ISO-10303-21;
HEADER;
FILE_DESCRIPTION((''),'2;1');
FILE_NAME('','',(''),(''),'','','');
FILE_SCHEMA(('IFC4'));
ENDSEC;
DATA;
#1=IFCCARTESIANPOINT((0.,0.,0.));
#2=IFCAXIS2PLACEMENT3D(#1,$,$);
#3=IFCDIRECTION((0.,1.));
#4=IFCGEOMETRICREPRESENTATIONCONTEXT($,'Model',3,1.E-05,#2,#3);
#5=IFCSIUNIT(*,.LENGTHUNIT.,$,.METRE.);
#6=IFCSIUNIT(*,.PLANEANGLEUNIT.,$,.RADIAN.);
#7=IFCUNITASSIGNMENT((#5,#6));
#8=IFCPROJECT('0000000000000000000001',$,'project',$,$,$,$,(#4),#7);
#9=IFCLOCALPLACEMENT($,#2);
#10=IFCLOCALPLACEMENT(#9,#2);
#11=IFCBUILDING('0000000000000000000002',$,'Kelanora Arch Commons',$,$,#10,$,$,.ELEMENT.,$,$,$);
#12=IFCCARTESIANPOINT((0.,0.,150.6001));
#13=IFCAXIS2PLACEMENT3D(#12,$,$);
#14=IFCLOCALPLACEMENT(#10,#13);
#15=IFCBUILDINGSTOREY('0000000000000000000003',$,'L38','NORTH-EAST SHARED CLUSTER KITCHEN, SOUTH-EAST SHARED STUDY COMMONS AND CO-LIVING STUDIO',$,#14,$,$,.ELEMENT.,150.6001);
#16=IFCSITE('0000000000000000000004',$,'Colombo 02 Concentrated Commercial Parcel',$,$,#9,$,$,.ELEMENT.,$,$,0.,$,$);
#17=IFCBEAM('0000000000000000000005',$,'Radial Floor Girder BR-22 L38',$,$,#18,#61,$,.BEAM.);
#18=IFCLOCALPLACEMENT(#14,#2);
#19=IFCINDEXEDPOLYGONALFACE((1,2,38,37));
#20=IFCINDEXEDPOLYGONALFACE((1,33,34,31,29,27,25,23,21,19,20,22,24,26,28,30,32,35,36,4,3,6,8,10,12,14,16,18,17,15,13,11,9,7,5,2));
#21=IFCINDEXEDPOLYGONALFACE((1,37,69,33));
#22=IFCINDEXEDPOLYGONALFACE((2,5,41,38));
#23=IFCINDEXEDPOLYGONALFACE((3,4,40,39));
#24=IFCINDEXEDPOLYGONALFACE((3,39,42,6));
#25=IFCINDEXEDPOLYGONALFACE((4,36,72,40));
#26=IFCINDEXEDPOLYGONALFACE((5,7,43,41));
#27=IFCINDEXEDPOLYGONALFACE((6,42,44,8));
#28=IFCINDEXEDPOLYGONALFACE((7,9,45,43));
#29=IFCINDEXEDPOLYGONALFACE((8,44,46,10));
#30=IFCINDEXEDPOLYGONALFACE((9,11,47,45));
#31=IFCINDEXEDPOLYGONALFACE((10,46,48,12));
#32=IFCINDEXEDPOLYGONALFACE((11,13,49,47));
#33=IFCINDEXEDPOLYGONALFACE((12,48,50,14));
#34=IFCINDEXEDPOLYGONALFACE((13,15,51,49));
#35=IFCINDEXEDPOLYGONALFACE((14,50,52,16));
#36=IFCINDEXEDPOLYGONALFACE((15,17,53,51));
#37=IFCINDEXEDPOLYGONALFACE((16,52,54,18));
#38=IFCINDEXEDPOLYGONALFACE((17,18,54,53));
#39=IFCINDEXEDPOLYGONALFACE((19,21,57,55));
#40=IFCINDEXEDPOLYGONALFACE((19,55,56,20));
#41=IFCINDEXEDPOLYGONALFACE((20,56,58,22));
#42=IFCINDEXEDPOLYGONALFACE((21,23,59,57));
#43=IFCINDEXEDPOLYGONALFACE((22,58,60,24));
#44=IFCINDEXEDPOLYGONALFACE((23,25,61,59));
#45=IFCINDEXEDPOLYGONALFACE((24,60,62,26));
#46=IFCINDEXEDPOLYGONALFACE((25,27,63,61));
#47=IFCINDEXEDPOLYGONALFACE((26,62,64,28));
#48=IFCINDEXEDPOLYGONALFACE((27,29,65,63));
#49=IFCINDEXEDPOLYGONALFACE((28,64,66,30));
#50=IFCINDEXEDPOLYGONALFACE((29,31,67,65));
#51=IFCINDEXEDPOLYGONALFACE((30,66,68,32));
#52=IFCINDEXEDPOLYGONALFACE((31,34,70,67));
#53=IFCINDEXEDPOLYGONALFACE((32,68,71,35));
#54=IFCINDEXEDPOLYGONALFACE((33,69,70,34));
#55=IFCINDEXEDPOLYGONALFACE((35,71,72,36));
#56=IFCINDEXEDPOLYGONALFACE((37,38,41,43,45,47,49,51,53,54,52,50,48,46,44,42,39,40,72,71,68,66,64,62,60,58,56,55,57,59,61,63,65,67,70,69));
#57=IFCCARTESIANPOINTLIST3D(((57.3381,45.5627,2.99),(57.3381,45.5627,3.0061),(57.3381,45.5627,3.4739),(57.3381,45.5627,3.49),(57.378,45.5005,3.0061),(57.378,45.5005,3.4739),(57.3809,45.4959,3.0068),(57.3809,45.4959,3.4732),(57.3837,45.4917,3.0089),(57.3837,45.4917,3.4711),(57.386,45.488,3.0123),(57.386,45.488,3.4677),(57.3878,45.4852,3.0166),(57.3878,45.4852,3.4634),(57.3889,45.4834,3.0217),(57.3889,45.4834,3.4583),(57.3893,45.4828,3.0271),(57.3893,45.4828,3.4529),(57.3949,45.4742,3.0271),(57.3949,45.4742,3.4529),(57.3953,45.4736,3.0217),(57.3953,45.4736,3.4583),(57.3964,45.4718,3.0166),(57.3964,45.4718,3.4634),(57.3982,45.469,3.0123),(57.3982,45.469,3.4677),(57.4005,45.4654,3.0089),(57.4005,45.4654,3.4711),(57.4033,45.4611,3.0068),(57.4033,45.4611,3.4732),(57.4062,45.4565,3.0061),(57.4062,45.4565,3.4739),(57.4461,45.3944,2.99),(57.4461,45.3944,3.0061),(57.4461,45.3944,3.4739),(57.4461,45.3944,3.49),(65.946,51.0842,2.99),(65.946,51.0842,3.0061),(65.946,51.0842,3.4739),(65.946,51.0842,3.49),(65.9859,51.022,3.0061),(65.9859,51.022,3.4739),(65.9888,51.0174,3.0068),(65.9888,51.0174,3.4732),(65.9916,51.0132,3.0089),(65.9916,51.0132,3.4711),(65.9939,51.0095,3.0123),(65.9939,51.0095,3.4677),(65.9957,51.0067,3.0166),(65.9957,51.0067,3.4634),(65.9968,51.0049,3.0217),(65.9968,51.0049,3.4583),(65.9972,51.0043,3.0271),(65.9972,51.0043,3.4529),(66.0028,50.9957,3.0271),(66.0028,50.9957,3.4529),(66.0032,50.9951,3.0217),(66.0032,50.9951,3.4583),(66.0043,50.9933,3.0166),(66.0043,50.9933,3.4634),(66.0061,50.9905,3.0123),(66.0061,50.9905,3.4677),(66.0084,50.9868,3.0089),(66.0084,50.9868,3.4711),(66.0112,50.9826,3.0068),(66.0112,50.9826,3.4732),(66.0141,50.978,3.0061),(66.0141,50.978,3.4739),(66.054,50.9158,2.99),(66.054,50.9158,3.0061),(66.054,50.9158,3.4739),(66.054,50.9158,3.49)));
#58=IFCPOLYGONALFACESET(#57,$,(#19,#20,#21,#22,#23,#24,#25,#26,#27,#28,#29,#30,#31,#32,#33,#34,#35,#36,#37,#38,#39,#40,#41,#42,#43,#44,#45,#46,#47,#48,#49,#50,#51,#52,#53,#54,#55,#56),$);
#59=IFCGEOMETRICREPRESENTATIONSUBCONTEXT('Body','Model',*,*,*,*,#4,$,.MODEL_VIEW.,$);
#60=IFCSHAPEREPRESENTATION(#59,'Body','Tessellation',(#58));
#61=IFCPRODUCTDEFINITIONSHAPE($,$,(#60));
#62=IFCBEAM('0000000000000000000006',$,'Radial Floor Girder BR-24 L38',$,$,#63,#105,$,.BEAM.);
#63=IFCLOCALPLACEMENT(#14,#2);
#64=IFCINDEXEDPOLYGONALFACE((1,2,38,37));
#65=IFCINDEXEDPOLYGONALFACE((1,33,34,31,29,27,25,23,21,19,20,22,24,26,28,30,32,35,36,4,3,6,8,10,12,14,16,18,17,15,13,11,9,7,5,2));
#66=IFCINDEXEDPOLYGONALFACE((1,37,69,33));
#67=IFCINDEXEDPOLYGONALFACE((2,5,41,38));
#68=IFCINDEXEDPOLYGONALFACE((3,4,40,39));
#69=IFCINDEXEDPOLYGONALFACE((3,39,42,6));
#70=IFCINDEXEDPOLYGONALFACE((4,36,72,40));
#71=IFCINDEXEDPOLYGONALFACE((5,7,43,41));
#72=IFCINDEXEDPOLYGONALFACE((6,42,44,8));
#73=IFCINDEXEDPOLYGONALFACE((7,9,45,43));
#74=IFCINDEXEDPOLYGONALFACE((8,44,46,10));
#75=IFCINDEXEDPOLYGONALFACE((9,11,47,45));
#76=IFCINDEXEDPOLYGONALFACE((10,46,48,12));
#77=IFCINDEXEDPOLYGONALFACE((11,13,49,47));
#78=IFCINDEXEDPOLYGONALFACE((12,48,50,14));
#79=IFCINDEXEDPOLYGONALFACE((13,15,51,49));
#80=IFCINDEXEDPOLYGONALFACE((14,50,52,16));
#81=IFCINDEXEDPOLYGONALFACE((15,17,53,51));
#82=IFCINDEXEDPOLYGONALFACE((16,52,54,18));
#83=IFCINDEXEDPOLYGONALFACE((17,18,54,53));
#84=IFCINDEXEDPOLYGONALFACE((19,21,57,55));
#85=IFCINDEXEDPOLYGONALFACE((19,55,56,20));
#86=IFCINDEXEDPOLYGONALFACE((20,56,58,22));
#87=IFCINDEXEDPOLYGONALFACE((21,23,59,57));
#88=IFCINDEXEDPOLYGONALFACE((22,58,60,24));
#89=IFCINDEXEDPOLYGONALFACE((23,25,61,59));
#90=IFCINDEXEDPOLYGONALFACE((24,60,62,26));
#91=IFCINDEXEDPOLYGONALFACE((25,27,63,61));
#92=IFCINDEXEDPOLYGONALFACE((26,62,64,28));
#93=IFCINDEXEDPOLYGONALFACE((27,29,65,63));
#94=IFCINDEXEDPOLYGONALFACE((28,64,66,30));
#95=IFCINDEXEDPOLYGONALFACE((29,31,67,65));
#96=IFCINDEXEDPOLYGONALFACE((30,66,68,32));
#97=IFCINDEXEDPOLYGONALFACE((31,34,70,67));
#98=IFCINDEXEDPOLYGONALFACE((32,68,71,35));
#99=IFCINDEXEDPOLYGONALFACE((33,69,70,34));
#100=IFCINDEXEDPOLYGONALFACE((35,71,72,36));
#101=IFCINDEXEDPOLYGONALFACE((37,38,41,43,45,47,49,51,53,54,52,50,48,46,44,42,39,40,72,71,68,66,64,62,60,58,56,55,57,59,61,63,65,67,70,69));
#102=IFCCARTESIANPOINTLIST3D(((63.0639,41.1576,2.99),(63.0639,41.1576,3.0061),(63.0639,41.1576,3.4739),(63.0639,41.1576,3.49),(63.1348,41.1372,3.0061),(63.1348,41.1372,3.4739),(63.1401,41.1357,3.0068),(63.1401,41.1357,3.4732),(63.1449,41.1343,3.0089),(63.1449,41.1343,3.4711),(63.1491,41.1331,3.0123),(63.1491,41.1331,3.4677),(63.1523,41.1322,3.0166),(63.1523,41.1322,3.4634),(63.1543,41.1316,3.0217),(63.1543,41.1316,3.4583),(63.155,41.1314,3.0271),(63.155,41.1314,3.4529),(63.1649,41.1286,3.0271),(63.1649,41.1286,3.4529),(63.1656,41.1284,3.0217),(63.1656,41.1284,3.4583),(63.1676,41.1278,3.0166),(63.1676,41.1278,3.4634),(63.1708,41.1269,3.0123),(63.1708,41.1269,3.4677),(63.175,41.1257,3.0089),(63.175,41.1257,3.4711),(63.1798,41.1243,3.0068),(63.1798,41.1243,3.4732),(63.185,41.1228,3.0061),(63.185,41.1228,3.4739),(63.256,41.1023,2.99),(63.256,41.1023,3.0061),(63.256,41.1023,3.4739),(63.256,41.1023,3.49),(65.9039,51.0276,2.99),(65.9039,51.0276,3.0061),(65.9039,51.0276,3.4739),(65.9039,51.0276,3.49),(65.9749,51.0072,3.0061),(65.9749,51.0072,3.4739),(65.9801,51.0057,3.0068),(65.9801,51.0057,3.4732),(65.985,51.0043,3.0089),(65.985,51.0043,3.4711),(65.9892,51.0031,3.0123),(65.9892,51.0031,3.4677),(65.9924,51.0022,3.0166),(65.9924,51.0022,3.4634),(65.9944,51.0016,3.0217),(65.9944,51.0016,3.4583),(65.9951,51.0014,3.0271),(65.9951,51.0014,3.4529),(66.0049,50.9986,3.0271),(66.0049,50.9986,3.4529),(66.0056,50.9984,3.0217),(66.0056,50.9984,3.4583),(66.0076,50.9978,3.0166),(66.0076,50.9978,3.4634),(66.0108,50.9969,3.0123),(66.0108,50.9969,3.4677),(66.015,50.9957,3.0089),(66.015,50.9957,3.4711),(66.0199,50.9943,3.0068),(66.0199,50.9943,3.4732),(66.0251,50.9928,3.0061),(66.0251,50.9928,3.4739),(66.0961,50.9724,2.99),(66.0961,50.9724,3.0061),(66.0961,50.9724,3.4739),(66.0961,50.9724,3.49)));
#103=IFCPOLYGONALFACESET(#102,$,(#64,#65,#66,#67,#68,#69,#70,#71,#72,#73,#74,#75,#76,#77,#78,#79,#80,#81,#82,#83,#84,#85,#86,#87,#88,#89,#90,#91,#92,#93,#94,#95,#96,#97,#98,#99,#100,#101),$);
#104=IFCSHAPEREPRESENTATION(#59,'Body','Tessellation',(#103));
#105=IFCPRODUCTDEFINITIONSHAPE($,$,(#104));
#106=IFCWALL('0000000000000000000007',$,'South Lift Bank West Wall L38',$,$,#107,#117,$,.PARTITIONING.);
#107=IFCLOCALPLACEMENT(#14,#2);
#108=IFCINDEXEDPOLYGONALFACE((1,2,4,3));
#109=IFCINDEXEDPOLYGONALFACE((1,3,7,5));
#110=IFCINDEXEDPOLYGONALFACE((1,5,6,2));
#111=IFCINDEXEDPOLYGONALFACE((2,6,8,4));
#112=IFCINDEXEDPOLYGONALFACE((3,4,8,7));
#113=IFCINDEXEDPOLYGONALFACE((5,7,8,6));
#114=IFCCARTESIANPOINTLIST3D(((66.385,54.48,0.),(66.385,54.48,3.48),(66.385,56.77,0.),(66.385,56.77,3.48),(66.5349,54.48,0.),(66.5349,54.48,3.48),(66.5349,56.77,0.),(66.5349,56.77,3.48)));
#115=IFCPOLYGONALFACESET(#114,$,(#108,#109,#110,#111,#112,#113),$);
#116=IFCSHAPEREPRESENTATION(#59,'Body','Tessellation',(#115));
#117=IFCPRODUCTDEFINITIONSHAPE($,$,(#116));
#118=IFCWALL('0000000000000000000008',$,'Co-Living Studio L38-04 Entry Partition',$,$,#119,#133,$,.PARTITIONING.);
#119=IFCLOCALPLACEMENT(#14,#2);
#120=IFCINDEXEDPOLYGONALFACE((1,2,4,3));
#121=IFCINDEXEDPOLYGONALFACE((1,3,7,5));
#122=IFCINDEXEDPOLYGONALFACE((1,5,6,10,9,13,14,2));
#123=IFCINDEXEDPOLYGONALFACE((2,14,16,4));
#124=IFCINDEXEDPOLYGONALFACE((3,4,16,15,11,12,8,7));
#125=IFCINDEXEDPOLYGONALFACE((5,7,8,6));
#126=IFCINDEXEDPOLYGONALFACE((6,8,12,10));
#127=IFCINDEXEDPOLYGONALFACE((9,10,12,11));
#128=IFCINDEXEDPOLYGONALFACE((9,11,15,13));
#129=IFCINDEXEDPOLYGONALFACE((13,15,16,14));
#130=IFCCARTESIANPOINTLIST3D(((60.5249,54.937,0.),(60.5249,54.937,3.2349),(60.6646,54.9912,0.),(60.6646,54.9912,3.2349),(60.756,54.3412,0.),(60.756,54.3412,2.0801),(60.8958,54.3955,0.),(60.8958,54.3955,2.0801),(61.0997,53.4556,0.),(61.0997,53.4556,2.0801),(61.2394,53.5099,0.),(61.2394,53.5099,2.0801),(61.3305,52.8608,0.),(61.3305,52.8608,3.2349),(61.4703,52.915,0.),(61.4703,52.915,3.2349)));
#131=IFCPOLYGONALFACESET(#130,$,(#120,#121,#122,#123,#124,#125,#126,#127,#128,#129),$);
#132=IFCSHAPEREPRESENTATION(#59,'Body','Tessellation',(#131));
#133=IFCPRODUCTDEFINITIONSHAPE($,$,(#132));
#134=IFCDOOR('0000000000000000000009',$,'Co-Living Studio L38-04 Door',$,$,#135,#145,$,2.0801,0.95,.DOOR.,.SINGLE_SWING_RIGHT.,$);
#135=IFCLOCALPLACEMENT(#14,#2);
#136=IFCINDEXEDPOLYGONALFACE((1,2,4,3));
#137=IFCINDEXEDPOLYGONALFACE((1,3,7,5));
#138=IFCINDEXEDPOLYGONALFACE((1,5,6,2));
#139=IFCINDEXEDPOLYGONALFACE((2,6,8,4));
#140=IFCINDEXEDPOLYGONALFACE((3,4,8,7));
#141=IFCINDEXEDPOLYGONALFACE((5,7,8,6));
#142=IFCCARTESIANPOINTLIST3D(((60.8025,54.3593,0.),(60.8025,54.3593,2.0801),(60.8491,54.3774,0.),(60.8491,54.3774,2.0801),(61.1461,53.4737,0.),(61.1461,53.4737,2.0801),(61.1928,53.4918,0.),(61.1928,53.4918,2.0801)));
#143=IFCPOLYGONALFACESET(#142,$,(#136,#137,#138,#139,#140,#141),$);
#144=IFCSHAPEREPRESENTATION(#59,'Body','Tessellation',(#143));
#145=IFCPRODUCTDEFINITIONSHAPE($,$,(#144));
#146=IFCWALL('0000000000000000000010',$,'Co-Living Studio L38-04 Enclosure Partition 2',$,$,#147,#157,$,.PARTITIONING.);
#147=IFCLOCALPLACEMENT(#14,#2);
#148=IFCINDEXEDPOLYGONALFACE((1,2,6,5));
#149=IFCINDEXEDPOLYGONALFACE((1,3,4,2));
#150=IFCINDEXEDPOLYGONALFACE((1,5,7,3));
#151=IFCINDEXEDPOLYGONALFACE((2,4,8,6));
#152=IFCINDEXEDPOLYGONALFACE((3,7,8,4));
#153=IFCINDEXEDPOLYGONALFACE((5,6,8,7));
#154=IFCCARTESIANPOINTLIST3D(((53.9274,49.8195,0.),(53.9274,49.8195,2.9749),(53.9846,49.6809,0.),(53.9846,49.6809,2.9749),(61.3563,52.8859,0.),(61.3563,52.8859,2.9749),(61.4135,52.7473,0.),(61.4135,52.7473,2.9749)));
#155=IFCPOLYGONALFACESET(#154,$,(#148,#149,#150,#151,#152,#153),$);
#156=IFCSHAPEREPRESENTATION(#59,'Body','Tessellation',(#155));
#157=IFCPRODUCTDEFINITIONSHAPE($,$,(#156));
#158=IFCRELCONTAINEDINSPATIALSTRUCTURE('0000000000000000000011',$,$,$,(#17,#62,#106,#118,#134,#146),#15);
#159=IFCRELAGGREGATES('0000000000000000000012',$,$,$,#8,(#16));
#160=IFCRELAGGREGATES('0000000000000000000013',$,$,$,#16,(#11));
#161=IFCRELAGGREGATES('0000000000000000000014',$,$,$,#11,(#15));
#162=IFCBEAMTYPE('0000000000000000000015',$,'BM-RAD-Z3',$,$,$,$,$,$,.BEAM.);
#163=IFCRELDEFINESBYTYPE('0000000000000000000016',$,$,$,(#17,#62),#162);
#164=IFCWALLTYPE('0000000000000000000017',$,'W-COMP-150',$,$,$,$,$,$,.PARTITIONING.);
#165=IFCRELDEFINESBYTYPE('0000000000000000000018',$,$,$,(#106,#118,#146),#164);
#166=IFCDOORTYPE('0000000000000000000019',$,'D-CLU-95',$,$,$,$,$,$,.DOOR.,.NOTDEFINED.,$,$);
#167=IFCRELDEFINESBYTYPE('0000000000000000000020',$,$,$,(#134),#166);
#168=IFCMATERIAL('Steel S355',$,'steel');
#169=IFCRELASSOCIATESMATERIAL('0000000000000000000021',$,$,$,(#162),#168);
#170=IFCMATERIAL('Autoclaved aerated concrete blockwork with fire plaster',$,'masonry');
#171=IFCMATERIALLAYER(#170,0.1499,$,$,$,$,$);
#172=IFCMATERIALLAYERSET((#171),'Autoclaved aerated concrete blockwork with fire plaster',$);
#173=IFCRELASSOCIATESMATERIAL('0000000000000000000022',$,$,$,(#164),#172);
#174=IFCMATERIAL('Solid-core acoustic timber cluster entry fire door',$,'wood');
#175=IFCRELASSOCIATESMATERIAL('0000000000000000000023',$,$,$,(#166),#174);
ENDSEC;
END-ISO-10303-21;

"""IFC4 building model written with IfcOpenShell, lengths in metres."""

from ifc_helpers import new_model, si_unit, direction, frame, frame_2d, origin, origin_2d, place, context, subcontext, project, spatial, rectangle, i_section, extrude, material, layer, layer_set, material_profile, profile_set, type_object, element, fill, save


model = new_model("IFC4")

# Units and contexts
model_context = context("Model", 3, precision=1e-05, world=origin(), true_north=direction((0.0, 1.0)))
body_context = subcontext(model_context, "Body", "Model", "MODEL_VIEW")
ifc_project = project(units=[si_unit("LENGTHUNIT", "METRE"), si_unit("PLANEANGLEUNIT", "RADIAN")], contexts=[model_context])

# Site, building, storey
site_placement = place(None, origin())
site = spatial("IfcSite", under=ifc_project, at=site_placement, Name="Colombo 02 Concentrated Commercial Parcel", CompositionType="ELEMENT", RefElevation=0.0)
building_placement = place(site_placement, origin())
building = spatial("IfcBuilding", under=site, at=building_placement, Name="Kelanora Arch Commons", CompositionType="ELEMENT")
storey_placement = place(building_placement, frame((0.0, 0.0, 150.6001)))
storey = spatial("IfcBuildingStorey", under=building, at=storey_placement, Name="L38", Description="NORTH-EAST SHARED CLUSTER KITCHEN, SOUTH-EAST SHARED STUDY COMMONS AND CO-LIVING STUDIO", CompositionType="ELEMENT", Elevation=150.6001)

# Beams
ifc_material_1 = material(Name="Steel S355", Category="steel")
ifc_material_profile_1 = material_profile(ifc_material_1, i_section(OverallWidth=0.2, OverallDepth=0.5, WebThickness=0.0103, FlangeThickness=0.0161, FilletRadius=0.021, at=origin_2d()), Name="IPE500")
ifc_profile_set_1 = profile_set([ifc_material_profile_1], Name="Steel S355")
beam_type_1 = type_object("IfcBeamType", Name="BM-RAD-Z3", PredefinedType="BEAM", material=ifc_profile_set_1)
beam_1_placement = place(storey_placement, frame((66.0, 51.0, 3.24), z_axis=(-0.841719, -0.539915, 0.0), x_axis=(0.539915, -0.841719, 0.0)))
element("IfcBeam", 1, at=beam_1_placement, inside=storey, type_object=beam_type_1, Name="Radial Floor Girder BR-22 L38", PredefinedType="BEAM", context=body_context, shape_type="SweptSolid", body=[
    extrude(i_section(OverallWidth=0.2, OverallDepth=0.5, WebThickness=0.0103, FlangeThickness=0.0161, FilletRadius=0.021, at=origin_2d()), origin(), (0.0, 0.0, 1.0), 10.2266),
])
beam_2_placement = place(storey_placement, frame((66.0, 51.0, 3.24), z_axis=(-0.276526, -0.961006, 0.0), x_axis=(0.961006, -0.276526, 0.0)))
element("IfcBeam", 2, at=beam_2_placement, inside=storey, type_object=beam_type_1, Name="Radial Floor Girder BR-24 L38", PredefinedType="BEAM", context=body_context, shape_type="SweptSolid", body=[
    extrude(i_section(OverallWidth=0.2, OverallDepth=0.5, WebThickness=0.0103, FlangeThickness=0.0161, FilletRadius=0.021, at=origin_2d()), origin(), (0.0, 0.0, 1.0), 10.2705),
])

# Wall
ifc_material_2 = material(Name="Autoclaved aerated concrete blockwork with fire plaster", Category="masonry")
ifc_layer_1 = layer(ifc_material_2, 0.1499)
ifc_layer_set_1 = layer_set([ifc_layer_1], Name="Autoclaved aerated concrete blockwork with fire plaster")
wall_type_1 = type_object("IfcWallType", Name="W-COMP-150", PredefinedType="PARTITIONING", material=ifc_layer_set_1)
wall_1_placement = place(storey_placement, frame((66.46, 54.48, 0.0), z_axis=(0.0, 0.0, 1.0), x_axis=(0.0, 1.0, 0.0)))
element("IfcWall", 3, at=wall_1_placement, inside=storey, type_object=wall_type_1, Name="South Lift Bank West Wall L38", PredefinedType="PARTITIONING", context=body_context, shape_type="SweptSolid", body=[
    extrude(rectangle(XDim=2.29, YDim=0.1499, at=frame_2d((1.145, 0.0))), origin(), (0.0, 0.0, 1.0), 3.48),
])

# Wall, opening, door
wall_2_placement = place(storey_placement, frame((60.5947, 54.9641, 0.0), z_axis=(0.0, 0.0, 1.0), x_axis=(0.361769, -0.932268, 0.0)))
wall_2 = element("IfcWall", 4, at=wall_2_placement, inside=storey, type_object=wall_type_1, Name="Co-Living Studio L38-04 Entry Partition", PredefinedType="PARTITIONING", context=body_context, shape_type="SweptSolid", body=[
    extrude(rectangle(XDim=2.2271, YDim=0.1499, at=frame_2d((1.1135, 0.0))), origin(), (0.0, 0.0, 1.0), 3.2349),
])
opening_1_placement = place(wall_2_placement, frame((0.6389, 0.0, 0.0)))
opening_1 = element("IfcOpeningElement", 5, at=opening_1_placement, cuts=wall_2, PredefinedType="OPENING", context=body_context, shape_type="SweptSolid", body=[
    extrude(rectangle(XDim=0.95, YDim=2.0801, at=frame_2d((0.4751, 1.04))), frame((0.0, 0.085, 0.0), z_axis=(0.0, -1.0, 0.0), x_axis=(1.0, 0.0, 0.0)), (0.0, 0.0, 1.0), 0.1699),
])
ifc_material_3 = material(Name="Solid-core acoustic timber cluster entry fire door", Category="wood")
door_type_1 = type_object("IfcDoorType", Name="D-CLU-95", OperationType="NOTDEFINED", PredefinedType="DOOR", material=ifc_material_3)
door_1_placement = place(opening_1_placement, origin())
door_1 = element("IfcDoor", 6, at=door_1_placement, inside=storey, type_object=door_type_1, Name="Co-Living Studio L38-04 Door", OperationType="SINGLE_SWING_RIGHT", OverallHeight=2.0801, OverallWidth=0.95, PredefinedType="DOOR", context=body_context, shape_type="SweptSolid", body=[
    extrude(rectangle(XDim=0.95, YDim=2.0801, at=frame_2d((0.4751, 1.04))), frame((0.0, 0.0249, 0.0), z_axis=(0.0, -1.0, 0.0), x_axis=(1.0, 0.0, 0.0)), (0.0, 0.0, 1.0), 0.05),
])
fill(opening_1, door_1)

# Wall
wall_3_placement = place(storey_placement, frame((61.385, 52.8167, 0.0), z_axis=(0.0, 0.0, 1.0), x_axis=(-0.924353, -0.38154, 0.0)))
element("IfcWall", 7, at=wall_3_placement, inside=storey, type_object=wall_type_1, Name="Co-Living Studio L38-04 Enclosure Partition 2", PredefinedType="PARTITIONING", context=body_context, shape_type="SweptSolid", body=[
    extrude(rectangle(XDim=8.0369, YDim=0.1499, at=frame_2d((4.0186, 0.0))), origin(), (0.0, 0.0, 1.0), 2.9749),
])

save(model, "model.ifc")
